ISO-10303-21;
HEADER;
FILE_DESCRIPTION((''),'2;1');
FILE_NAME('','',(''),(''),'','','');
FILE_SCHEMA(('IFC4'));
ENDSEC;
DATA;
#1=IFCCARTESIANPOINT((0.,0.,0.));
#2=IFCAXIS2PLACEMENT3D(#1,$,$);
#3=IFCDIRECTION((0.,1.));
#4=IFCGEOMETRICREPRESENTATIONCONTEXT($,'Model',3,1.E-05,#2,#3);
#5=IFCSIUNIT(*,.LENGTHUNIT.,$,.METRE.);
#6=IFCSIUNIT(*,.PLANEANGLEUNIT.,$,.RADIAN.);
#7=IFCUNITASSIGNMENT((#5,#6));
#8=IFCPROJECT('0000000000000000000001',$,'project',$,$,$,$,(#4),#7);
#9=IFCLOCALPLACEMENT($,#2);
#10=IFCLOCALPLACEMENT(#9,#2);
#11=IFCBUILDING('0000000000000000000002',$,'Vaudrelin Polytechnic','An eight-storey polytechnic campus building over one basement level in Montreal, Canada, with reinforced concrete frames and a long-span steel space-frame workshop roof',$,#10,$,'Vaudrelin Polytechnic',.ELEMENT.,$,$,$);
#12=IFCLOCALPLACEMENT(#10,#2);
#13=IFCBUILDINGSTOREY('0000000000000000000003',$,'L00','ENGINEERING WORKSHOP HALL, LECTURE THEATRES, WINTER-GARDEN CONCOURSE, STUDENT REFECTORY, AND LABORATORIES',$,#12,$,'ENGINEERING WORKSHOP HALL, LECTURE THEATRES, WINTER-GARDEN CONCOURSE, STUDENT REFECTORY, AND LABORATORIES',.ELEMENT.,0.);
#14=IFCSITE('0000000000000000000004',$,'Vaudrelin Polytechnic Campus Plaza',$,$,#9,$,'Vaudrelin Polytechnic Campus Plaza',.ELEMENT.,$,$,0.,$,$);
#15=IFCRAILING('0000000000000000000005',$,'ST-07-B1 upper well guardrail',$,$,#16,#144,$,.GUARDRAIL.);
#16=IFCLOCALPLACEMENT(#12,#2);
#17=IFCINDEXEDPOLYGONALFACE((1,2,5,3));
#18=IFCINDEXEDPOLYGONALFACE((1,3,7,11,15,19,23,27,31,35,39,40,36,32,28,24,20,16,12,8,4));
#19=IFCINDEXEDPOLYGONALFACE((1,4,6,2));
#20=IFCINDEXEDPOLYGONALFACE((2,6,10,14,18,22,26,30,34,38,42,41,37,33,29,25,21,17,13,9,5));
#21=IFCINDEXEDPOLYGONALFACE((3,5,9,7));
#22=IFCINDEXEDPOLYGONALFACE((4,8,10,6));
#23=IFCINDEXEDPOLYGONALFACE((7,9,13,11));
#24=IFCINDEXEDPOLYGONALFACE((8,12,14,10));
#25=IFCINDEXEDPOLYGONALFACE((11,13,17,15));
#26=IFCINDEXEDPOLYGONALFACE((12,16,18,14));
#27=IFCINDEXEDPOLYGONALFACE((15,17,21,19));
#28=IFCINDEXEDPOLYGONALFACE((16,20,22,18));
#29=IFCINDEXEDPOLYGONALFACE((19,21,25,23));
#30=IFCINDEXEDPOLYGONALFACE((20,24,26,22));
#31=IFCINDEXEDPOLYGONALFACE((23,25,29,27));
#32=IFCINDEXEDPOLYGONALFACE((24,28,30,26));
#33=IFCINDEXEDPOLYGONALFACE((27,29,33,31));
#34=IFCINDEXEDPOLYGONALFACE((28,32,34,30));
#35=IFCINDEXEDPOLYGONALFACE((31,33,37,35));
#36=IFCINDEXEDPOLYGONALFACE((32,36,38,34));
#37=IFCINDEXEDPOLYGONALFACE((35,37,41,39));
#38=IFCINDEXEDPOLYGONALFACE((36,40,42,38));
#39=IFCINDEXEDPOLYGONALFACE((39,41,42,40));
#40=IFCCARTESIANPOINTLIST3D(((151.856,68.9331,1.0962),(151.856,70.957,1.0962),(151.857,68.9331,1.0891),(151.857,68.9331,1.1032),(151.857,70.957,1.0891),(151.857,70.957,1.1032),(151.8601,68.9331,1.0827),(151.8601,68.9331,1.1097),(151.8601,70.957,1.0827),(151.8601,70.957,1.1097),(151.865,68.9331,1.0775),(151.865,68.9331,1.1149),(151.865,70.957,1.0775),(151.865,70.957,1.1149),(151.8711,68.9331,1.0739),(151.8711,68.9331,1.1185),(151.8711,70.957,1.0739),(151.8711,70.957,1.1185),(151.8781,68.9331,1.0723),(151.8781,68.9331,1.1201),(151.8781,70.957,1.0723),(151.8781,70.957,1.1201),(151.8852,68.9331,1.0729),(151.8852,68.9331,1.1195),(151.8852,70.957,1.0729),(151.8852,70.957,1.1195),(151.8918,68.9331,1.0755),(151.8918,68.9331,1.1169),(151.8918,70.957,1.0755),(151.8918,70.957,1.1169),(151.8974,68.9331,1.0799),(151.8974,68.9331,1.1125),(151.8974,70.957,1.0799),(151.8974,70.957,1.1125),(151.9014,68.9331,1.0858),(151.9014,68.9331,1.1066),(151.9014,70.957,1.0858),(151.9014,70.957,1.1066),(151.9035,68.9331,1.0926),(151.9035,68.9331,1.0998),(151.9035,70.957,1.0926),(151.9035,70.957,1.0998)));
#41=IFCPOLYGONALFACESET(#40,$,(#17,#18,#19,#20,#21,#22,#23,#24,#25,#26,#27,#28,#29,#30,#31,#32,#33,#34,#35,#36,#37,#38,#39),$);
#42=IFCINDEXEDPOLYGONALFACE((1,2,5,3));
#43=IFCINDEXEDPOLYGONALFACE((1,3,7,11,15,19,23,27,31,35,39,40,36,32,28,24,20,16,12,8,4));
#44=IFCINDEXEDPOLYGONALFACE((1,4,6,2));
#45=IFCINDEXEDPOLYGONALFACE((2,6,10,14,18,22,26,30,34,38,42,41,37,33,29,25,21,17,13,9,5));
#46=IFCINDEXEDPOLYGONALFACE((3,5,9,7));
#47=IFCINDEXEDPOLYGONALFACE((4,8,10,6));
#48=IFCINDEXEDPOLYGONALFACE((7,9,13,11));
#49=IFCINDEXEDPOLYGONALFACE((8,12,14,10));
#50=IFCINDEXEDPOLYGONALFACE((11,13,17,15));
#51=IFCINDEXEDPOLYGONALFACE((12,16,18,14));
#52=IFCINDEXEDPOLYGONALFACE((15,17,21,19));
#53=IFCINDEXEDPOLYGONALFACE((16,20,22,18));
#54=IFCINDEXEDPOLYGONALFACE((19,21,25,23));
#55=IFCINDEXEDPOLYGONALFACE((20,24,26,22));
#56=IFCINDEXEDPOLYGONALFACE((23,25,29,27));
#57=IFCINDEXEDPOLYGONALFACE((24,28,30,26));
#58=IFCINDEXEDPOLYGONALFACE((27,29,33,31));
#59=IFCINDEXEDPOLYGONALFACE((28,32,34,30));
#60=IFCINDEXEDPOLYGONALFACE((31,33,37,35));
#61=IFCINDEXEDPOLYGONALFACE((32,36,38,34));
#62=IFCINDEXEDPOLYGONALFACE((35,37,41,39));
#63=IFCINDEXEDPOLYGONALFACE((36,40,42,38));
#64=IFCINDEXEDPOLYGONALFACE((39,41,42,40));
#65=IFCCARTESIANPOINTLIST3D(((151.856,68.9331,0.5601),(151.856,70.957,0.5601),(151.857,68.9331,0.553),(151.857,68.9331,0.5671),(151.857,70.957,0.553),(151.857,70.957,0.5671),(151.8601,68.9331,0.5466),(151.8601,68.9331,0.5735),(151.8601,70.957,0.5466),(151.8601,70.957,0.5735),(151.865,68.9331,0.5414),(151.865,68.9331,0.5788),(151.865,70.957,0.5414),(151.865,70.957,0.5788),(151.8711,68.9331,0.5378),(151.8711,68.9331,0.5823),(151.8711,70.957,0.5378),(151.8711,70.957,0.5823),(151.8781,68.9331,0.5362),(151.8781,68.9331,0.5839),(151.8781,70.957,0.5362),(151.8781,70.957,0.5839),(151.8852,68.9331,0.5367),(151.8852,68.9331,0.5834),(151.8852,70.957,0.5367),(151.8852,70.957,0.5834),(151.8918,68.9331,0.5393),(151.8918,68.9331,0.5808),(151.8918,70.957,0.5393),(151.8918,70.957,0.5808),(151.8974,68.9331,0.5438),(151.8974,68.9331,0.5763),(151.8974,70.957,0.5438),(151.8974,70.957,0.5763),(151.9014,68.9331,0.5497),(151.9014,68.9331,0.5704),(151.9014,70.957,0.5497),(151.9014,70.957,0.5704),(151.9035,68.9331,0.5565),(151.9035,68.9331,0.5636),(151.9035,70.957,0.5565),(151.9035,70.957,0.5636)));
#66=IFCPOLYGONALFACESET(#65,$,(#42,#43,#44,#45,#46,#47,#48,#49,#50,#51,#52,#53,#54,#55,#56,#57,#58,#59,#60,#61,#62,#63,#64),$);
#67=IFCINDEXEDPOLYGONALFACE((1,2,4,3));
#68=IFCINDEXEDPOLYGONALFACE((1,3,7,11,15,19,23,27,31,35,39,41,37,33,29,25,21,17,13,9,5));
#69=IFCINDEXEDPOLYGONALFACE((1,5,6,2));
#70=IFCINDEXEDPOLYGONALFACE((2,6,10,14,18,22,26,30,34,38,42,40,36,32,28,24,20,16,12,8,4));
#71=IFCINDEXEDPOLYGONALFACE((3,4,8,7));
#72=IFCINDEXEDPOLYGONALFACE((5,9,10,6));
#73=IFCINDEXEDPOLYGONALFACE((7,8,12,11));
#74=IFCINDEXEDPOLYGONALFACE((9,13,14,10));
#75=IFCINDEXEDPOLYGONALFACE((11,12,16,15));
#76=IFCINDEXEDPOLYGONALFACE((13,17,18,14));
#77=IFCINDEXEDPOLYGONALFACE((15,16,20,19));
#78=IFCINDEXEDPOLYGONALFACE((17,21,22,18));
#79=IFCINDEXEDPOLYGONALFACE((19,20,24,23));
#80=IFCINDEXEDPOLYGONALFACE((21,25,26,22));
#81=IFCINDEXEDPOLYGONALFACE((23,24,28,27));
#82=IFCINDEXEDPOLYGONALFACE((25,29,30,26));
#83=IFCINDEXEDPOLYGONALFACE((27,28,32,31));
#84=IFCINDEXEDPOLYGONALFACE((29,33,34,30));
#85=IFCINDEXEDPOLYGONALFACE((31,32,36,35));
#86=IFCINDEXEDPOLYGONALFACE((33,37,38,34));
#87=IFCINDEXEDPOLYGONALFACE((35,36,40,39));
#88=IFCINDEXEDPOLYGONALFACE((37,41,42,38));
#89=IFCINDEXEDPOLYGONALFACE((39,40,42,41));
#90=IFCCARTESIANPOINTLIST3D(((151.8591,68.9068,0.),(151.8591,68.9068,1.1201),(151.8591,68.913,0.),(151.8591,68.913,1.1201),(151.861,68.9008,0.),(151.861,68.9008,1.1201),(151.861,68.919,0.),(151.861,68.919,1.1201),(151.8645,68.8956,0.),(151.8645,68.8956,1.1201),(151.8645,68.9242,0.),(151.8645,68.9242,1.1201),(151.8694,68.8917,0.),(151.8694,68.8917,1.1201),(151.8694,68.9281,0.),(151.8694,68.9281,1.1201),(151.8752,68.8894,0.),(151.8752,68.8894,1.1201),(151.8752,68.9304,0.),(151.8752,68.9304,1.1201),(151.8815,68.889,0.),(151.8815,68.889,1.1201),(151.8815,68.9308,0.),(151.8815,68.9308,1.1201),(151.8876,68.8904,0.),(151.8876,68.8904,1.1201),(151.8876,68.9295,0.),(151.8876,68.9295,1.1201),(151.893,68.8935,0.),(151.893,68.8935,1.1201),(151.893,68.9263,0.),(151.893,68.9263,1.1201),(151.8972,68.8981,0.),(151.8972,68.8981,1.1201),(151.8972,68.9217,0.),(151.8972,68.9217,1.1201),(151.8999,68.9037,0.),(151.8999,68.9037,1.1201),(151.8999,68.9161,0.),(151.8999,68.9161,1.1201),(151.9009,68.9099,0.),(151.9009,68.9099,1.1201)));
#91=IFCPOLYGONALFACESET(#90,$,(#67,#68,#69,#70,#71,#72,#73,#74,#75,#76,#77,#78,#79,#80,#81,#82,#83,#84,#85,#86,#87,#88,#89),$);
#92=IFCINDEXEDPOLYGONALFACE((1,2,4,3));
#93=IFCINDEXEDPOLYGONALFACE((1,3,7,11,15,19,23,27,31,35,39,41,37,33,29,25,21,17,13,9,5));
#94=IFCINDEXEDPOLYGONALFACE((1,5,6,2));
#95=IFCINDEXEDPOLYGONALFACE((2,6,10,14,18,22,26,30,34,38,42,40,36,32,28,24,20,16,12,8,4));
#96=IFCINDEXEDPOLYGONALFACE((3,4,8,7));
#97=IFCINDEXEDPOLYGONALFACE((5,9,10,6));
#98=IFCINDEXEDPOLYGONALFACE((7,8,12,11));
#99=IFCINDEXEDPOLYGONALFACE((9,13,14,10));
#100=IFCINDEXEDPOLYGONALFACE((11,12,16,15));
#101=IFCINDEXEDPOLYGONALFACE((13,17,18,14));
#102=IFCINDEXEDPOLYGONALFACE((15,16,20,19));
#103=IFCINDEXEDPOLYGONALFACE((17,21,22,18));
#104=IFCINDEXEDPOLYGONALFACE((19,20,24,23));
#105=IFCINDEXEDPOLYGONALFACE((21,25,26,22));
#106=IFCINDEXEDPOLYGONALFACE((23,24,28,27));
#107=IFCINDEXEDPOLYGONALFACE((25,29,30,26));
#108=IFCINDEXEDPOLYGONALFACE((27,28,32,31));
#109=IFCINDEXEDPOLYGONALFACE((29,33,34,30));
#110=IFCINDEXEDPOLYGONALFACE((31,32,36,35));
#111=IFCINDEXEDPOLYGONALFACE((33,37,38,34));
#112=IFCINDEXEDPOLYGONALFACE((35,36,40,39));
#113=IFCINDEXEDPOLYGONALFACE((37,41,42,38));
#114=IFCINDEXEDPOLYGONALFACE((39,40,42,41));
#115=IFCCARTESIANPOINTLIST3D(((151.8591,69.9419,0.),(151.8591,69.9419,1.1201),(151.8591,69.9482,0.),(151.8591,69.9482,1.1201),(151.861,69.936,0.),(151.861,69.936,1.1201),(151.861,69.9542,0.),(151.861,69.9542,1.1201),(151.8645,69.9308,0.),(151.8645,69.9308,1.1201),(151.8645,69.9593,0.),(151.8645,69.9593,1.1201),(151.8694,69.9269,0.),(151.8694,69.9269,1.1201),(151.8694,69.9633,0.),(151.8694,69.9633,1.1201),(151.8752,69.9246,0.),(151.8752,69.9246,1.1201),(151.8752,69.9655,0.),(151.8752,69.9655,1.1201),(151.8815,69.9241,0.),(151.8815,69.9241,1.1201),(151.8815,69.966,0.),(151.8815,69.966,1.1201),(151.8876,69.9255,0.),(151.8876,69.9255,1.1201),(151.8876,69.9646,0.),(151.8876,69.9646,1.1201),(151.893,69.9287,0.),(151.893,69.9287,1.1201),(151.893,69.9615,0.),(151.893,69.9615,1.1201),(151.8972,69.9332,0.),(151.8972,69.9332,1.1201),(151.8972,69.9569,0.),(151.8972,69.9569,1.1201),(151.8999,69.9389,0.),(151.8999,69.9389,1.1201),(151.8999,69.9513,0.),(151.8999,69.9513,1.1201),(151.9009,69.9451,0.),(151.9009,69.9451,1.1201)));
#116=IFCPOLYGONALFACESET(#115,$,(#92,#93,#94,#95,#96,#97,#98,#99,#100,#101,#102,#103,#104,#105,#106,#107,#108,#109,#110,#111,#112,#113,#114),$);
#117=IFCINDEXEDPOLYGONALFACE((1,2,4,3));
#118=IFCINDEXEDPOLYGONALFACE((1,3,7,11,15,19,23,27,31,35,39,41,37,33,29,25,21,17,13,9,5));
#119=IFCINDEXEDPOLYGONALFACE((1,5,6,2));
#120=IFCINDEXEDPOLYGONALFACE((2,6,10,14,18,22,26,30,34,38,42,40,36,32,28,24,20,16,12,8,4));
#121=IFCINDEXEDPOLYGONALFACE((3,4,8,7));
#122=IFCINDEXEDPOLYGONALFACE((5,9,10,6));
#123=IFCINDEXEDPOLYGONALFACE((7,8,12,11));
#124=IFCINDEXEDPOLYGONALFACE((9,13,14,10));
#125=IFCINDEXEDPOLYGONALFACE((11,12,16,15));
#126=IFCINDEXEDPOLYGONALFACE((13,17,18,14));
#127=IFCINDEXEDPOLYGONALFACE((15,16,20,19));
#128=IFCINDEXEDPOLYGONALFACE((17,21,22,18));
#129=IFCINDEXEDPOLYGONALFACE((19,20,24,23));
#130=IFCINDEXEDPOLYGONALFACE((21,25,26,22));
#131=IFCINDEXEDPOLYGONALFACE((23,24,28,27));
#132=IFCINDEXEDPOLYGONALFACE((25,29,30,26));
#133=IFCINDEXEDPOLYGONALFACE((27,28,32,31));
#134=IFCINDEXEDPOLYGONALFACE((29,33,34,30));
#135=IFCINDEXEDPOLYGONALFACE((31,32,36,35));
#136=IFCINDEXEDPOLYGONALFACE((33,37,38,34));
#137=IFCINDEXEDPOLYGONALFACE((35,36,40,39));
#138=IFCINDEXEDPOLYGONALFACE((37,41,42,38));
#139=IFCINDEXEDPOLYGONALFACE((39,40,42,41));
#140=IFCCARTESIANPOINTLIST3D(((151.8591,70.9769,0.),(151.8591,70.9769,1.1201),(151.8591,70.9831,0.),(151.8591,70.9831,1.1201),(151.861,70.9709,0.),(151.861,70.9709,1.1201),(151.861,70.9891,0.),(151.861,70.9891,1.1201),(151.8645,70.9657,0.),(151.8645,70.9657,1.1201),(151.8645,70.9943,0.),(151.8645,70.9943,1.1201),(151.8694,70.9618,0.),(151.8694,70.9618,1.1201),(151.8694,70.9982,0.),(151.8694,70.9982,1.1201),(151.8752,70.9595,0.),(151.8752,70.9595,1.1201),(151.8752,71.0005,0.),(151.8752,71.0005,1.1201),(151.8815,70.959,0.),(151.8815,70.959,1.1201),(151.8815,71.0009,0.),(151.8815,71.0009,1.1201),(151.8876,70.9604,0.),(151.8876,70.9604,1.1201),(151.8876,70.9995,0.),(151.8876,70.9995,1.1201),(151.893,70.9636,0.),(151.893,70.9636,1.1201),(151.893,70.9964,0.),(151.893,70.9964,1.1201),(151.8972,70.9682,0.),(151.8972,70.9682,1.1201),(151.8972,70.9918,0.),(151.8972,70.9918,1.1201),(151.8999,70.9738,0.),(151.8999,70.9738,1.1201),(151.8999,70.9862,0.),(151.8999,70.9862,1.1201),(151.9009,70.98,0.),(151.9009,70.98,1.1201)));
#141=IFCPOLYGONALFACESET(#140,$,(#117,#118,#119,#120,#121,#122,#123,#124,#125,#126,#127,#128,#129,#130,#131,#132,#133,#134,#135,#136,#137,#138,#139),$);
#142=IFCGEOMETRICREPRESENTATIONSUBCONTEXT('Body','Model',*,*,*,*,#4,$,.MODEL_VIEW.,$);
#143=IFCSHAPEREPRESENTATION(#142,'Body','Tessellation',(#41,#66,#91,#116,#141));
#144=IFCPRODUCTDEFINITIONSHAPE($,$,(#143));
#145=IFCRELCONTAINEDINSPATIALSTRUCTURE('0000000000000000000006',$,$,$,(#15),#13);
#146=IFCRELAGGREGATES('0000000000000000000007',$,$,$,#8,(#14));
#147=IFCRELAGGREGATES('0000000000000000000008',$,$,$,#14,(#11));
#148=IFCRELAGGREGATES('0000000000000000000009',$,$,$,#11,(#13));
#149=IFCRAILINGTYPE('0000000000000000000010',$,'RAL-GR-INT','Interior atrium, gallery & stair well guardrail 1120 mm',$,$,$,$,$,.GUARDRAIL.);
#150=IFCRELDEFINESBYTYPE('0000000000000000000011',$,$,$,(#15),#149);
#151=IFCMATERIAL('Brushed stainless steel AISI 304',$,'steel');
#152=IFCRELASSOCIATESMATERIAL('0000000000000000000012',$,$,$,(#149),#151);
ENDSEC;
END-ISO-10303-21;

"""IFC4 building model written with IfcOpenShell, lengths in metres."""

from ifc_helpers import new_model, si_unit, direction, frame, origin, origin_2d, place, context, subcontext, project, spatial, circle, extrude, material, type_object, element, save


model = new_model("IFC4")

# Units and contexts
model_context = context("Model", 3, precision=1e-05, world=origin(), true_north=direction((0.0, 1.0)))
body_context = subcontext(model_context, "Body", "Model", "MODEL_VIEW")
ifc_project = project(units=[si_unit("LENGTHUNIT", "METRE"), si_unit("PLANEANGLEUNIT", "RADIAN")], contexts=[model_context])

# Site, building, storey
site_placement = place(None, origin())
site = spatial("IfcSite", under=ifc_project, at=site_placement, Name="Vaudrelin Polytechnic Campus Plaza", LongName="Vaudrelin Polytechnic Campus Plaza", CompositionType="ELEMENT", RefElevation=0.0)
building_placement = place(site_placement, origin())
building = spatial("IfcBuilding", under=site, at=building_placement, Name="Vaudrelin Polytechnic", Description="An eight-storey polytechnic campus building over one basement level in Montreal, Canada, with reinforced concrete frames and a long-span steel space-frame workshop roof", LongName="Vaudrelin Polytechnic", CompositionType="ELEMENT")
storey_placement = place(building_placement, origin())
storey = spatial("IfcBuildingStorey", under=building, at=storey_placement, Name="L00", Description="ENGINEERING WORKSHOP HALL, LECTURE THEATRES, WINTER-GARDEN CONCOURSE, STUDENT REFECTORY, AND LABORATORIES", LongName="ENGINEERING WORKSHOP HALL, LECTURE THEATRES, WINTER-GARDEN CONCOURSE, STUDENT REFECTORY, AND LABORATORIES", CompositionType="ELEMENT", Elevation=0.0)

# Railing
ifc_material_1 = material(Name="Brushed stainless steel AISI 304", Category="steel")
railing_type_1 = type_object("IfcRailingType", Name="RAL-GR-INT", Description="Interior atrium, gallery & stair well guardrail 1120 mm", PredefinedType="GUARDRAIL", material=ifc_material_1)
railing_1_placement = place(storey_placement, frame((151.8799, 68.9099, 0.0)))
element("IfcRailing", 1, at=railing_1_placement, inside=storey, type_object=railing_type_1, Name="ST-07-B1 upper well guardrail", PredefinedType="GUARDRAIL", context=body_context, shape_type="SweptSolid", body=[
    extrude(circle(Radius=0.0239, at=origin_2d()), frame((0.0, 0.0232, 1.0962), z_axis=(0.0, 1.0, 0.0), x_axis=(-1.0, 0.0, 0.0)), (0.0, 0.0, 1.0), 2.0239),
    extrude(circle(Radius=0.0239, at=origin_2d()), frame((0.0, 0.0232, 0.5601), z_axis=(0.0, 1.0, 0.0), x_axis=(-1.0, 0.0, 0.0)), (0.0, 0.0, 1.0), 2.0239),
    extrude(circle(Radius=0.021, at=origin_2d()), origin(), (0.0, 0.0, 1.0), 1.1201),
    extrude(circle(Radius=0.021, at=origin_2d()), frame((0.0, 1.0352, 0.0)), (0.0, 0.0, 1.0), 1.1201),
    extrude(circle(Radius=0.021, at=origin_2d()), frame((0.0, 2.0701, 0.0)), (0.0, 0.0, 1.0), 1.1201),
])

save(model, "model.ifc")
